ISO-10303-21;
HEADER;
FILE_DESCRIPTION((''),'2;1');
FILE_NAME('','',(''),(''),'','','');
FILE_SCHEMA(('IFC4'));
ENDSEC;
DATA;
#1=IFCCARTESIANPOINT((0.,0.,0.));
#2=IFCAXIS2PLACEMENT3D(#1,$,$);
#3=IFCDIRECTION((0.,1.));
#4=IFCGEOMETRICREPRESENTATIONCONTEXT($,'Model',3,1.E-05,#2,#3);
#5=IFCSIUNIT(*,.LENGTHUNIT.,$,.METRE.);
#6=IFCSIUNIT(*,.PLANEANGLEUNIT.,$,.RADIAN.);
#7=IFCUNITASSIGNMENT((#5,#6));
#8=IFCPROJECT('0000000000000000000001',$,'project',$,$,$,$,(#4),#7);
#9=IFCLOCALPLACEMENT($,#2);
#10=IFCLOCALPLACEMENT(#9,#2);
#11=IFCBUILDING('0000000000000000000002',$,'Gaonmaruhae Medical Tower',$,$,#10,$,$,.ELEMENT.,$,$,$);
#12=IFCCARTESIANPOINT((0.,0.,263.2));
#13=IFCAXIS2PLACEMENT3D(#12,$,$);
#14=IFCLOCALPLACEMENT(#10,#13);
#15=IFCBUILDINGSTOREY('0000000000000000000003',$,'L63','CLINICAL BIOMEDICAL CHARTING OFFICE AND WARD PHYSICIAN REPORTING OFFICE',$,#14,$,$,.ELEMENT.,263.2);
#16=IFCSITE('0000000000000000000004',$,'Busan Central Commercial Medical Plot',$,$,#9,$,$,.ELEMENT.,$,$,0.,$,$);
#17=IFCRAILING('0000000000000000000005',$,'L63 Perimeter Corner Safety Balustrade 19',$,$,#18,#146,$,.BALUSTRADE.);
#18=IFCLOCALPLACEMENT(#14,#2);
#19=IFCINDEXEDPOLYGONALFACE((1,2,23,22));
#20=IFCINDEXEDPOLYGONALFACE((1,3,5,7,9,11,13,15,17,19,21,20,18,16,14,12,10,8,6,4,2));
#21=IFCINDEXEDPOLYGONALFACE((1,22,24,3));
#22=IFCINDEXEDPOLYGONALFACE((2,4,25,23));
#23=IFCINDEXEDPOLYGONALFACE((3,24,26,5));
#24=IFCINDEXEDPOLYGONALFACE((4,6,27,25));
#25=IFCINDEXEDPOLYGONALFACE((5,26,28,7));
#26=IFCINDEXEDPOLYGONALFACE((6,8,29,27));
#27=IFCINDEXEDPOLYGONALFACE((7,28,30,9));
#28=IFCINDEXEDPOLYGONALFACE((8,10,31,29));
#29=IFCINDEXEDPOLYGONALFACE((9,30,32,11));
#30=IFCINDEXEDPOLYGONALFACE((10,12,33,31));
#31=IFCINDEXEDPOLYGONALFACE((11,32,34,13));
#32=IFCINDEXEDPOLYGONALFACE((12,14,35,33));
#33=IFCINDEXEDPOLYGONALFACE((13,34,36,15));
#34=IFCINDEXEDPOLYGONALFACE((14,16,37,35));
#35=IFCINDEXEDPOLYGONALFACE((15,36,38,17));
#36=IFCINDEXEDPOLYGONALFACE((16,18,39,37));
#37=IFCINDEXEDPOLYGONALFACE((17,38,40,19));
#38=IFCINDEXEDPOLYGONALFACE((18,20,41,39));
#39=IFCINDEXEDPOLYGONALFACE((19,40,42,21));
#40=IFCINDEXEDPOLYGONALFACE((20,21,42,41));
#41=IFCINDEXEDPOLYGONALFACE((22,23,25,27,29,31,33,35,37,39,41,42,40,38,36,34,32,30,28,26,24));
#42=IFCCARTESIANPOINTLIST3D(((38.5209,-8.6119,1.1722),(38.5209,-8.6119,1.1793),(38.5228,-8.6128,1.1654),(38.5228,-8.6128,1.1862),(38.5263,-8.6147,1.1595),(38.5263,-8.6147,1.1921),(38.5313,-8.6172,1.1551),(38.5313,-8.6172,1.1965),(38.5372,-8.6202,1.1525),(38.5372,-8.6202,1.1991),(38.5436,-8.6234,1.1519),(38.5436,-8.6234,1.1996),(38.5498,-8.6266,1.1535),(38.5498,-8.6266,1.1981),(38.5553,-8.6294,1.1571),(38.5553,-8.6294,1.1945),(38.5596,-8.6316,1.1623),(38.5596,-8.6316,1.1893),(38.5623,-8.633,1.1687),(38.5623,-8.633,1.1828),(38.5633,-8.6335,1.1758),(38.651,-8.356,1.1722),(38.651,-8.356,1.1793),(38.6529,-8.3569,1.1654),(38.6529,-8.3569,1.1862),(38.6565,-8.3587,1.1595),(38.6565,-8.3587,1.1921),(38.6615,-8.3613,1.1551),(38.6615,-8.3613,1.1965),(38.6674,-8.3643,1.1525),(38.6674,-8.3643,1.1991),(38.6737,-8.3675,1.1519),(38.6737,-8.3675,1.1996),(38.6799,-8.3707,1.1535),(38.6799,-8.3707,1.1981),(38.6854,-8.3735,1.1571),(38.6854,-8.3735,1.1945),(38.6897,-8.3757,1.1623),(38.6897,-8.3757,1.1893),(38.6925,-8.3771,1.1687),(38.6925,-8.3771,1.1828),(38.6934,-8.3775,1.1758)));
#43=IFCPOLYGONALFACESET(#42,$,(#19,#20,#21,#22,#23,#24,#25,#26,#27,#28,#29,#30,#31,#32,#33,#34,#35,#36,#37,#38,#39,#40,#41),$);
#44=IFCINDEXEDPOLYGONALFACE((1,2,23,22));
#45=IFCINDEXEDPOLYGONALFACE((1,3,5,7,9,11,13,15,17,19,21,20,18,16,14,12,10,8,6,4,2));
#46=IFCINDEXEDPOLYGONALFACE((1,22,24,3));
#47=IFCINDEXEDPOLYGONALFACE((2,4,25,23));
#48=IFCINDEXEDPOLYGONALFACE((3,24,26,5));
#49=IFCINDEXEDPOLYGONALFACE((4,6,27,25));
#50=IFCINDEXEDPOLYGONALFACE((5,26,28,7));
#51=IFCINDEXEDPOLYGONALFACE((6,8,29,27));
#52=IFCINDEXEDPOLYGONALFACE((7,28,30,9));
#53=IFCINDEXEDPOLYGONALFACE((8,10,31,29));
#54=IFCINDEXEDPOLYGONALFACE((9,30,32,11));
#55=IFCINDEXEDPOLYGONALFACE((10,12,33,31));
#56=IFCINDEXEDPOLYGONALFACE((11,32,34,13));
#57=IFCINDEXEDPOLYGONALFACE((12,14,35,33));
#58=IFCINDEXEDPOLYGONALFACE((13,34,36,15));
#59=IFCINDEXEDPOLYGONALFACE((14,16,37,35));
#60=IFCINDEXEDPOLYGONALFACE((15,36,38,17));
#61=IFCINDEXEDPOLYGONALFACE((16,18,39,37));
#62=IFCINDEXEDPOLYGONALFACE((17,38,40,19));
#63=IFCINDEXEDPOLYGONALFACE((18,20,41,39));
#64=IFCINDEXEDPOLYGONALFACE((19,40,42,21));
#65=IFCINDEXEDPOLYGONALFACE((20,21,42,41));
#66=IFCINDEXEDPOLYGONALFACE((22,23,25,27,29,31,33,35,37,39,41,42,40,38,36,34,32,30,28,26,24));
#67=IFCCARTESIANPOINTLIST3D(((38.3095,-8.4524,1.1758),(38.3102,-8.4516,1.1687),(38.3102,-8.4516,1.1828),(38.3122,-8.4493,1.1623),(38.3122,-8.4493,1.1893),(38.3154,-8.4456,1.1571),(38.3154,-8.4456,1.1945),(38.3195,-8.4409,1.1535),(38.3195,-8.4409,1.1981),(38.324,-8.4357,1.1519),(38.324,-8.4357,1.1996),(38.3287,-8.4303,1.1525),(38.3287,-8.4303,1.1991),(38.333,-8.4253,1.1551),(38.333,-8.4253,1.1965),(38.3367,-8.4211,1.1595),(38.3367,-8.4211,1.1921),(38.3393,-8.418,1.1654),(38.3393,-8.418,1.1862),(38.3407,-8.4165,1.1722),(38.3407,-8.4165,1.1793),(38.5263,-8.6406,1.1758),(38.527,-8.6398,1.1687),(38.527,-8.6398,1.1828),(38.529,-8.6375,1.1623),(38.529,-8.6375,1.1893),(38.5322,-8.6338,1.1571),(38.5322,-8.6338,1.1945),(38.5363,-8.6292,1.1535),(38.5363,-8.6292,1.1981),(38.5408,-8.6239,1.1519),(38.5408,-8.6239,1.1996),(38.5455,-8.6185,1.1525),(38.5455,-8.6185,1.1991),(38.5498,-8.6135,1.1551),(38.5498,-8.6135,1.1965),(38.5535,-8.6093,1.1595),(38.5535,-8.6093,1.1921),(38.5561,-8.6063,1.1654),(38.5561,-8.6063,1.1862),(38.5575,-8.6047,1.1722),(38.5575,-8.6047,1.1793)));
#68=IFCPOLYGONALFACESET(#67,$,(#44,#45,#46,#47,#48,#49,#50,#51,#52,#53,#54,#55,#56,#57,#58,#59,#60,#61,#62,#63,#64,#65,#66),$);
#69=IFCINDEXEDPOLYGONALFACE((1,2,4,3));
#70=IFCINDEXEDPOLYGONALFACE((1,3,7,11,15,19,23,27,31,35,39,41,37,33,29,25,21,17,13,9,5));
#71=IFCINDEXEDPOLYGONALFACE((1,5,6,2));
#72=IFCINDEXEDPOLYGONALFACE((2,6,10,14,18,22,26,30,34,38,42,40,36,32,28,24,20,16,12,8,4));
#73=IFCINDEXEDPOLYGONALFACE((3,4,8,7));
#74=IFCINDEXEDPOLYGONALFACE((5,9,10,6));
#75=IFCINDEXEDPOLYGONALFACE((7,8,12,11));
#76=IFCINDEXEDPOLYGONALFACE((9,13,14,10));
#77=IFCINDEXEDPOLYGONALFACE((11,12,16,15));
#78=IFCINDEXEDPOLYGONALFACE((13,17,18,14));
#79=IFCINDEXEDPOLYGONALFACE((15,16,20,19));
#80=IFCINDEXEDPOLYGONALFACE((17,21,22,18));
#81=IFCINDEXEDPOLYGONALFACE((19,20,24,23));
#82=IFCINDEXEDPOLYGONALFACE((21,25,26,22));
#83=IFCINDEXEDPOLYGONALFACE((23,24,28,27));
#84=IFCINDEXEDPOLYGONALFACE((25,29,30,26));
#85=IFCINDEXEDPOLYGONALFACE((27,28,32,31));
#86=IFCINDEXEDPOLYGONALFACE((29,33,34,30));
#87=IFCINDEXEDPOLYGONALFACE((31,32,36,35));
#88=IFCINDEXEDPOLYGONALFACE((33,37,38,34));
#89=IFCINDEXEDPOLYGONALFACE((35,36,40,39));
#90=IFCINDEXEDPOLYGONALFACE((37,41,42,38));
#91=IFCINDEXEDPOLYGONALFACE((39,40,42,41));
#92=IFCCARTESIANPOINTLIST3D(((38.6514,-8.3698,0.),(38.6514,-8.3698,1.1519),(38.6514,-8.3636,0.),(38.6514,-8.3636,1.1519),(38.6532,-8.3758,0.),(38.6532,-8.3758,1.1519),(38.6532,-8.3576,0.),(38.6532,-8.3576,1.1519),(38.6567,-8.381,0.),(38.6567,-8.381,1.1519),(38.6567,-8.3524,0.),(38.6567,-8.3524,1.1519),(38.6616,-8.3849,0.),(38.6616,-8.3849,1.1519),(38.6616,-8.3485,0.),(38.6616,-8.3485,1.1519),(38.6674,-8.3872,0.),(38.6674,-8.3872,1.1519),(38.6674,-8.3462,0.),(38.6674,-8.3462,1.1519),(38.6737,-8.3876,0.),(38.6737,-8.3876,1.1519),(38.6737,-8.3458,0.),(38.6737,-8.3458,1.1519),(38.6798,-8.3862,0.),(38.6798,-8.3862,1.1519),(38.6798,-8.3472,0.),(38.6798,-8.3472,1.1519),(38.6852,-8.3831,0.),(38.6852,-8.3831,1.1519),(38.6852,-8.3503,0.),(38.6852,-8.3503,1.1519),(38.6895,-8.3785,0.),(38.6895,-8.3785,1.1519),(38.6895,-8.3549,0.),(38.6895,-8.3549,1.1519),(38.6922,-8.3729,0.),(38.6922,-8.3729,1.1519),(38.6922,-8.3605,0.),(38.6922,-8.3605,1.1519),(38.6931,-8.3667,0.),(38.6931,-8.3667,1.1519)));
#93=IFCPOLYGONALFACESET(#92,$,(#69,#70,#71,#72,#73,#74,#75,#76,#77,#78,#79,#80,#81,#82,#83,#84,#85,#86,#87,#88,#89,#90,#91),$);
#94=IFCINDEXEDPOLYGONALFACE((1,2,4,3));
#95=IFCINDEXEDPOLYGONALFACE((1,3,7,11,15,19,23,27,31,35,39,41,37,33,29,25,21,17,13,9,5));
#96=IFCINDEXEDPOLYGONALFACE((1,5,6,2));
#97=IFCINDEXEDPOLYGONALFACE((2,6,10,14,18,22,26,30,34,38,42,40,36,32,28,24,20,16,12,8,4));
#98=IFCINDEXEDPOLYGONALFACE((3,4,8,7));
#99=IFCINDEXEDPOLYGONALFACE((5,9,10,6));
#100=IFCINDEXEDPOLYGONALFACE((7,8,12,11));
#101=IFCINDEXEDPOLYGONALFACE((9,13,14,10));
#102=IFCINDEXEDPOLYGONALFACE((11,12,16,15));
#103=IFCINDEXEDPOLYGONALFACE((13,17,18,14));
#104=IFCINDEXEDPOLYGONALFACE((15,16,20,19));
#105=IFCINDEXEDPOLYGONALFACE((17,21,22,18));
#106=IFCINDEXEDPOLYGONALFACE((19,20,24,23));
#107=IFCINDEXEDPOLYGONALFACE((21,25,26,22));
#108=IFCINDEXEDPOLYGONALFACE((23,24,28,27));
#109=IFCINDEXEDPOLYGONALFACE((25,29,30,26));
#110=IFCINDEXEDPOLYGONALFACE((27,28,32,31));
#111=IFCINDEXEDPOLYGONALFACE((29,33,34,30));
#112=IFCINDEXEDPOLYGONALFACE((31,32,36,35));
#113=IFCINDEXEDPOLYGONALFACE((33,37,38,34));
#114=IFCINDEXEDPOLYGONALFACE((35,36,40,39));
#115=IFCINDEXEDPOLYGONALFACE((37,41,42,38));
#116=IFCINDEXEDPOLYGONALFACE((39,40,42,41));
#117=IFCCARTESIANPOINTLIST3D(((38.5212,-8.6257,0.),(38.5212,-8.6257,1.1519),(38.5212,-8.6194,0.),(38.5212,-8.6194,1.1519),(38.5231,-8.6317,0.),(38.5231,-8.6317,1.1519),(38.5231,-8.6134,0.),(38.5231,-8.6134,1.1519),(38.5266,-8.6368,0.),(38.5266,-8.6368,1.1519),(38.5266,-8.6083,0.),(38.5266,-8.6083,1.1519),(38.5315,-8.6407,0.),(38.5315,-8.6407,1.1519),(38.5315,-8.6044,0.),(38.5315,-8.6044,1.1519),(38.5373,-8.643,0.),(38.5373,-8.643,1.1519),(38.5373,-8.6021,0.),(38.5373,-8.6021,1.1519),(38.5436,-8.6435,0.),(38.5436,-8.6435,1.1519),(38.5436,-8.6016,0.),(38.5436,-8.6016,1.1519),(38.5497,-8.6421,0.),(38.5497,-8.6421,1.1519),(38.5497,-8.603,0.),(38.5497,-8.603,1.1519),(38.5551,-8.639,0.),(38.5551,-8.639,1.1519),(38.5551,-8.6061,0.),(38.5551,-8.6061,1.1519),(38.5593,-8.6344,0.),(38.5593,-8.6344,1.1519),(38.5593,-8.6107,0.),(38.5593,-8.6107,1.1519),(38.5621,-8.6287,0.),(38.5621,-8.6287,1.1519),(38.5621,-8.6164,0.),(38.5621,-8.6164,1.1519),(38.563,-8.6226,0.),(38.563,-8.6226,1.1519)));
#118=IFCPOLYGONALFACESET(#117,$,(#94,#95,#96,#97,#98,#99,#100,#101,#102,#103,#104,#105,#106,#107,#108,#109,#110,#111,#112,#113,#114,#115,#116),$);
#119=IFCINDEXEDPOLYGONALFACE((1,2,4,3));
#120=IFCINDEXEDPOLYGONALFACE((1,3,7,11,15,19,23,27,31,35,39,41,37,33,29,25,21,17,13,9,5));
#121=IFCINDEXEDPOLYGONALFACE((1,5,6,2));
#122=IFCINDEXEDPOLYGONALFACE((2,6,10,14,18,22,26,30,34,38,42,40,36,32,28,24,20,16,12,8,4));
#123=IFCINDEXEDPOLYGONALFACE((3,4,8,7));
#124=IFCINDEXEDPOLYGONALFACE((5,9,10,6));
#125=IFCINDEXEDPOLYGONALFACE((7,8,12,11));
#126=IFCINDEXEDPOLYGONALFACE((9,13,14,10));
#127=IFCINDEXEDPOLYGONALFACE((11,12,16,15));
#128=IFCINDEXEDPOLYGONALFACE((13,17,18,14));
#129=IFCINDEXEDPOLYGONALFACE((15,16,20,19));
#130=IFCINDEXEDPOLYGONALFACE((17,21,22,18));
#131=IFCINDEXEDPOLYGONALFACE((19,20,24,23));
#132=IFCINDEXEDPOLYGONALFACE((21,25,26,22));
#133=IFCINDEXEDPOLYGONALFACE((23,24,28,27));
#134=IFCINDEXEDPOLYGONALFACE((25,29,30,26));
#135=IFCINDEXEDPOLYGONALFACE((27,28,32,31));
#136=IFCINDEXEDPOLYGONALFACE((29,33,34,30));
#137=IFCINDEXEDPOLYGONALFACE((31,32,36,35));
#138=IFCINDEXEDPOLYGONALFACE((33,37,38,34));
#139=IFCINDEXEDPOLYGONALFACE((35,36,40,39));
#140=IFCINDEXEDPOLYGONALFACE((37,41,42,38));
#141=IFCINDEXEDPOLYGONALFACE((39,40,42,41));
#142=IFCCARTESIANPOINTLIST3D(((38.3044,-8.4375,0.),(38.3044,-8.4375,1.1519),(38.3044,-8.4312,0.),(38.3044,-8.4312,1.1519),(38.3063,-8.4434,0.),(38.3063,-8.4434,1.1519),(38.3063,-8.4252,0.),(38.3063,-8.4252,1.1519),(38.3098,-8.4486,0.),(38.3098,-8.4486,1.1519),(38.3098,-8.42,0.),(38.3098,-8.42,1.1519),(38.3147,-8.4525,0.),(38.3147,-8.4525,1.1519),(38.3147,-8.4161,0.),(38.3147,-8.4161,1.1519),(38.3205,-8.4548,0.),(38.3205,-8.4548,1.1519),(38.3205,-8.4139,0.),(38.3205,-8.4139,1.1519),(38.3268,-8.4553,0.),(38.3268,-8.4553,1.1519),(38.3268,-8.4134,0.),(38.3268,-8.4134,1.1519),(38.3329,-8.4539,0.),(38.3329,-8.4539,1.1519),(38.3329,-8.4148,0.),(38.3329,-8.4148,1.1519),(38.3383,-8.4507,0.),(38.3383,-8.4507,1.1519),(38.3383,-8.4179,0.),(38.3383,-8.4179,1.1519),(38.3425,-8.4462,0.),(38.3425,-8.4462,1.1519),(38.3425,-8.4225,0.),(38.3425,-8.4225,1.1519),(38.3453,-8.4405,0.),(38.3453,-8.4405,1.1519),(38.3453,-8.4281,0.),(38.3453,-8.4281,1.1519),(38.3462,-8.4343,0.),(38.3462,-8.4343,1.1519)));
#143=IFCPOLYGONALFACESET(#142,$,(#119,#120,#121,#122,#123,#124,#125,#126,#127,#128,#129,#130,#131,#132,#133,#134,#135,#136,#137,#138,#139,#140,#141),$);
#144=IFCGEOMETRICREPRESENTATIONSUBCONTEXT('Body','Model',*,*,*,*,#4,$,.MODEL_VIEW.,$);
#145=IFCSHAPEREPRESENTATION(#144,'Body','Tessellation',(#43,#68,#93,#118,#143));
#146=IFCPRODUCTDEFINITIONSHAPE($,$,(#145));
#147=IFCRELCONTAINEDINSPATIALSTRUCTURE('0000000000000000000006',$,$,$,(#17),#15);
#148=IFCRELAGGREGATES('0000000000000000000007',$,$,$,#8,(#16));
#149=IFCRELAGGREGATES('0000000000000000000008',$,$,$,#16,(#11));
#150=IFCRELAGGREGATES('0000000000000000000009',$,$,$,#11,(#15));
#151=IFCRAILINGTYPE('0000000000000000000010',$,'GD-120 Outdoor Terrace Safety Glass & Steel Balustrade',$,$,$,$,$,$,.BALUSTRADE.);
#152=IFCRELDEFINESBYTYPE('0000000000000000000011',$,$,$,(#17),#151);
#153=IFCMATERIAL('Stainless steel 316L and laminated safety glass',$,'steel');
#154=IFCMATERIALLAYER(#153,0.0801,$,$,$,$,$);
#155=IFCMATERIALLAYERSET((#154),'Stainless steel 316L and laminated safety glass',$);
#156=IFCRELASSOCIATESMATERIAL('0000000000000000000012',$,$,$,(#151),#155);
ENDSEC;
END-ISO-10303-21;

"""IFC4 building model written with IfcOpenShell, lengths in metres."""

from ifc_helpers import new_model, si_unit, direction, frame, origin, origin_2d, place, context, subcontext, project, spatial, circle, extrude, material, layer, layer_set, type_object, element, save


model = new_model("IFC4")

# Units and contexts
model_context = context("Model", 3, precision=1e-05, world=origin(), true_north=direction((0.0, 1.0)))
body_context = subcontext(model_context, "Body", "Model", "MODEL_VIEW")
ifc_project = project(units=[si_unit("LENGTHUNIT", "METRE"), si_unit("PLANEANGLEUNIT", "RADIAN")], contexts=[model_context])

# Site, building, storey
site_placement = place(None, origin())
site = spatial("IfcSite", under=ifc_project, at=site_placement, Name="Busan Central Commercial Medical Plot", CompositionType="ELEMENT", RefElevation=0.0)
building_placement = place(site_placement, origin())
building = spatial("IfcBuilding", under=site, at=building_placement, Name="Gaonmaruhae Medical Tower", CompositionType="ELEMENT")
storey_placement = place(building_placement, frame((0.0, 0.0, 263.2)))
storey = spatial("IfcBuildingStorey", under=building, at=storey_placement, Name="L63", Description="CLINICAL BIOMEDICAL CHARTING OFFICE AND WARD PHYSICIAN REPORTING OFFICE", CompositionType="ELEMENT", Elevation=263.2)

# Railing
ifc_material_1 = material(Name="Stainless steel 316L and laminated safety glass", Category="steel")
ifc_layer_1 = layer(ifc_material_1, 0.0801)
ifc_layer_set_1 = layer_set([ifc_layer_1], Name="Stainless steel 316L and laminated safety glass")
railing_type = type_object("IfcRailingType", Name="GD-120 Outdoor Terrace Safety Glass & Steel Balustrade", PredefinedType="BALUSTRADE", material=ifc_layer_set_1)
for number, where, name in (
    (1, (38.6721, -8.3667, 0.0), "L63 Perimeter Corner Safety Balustrade 19"),
):
    element("IfcRailing", number, at=place(storey_placement, frame(where)), inside=storey, type_object=railing_type, Name=name, PredefinedType="BALUSTRADE", context=body_context, shape_type="SweptSolid", body=[
        extrude(circle(Radius=0.0239, at=origin_2d()), frame((0.0, 0.0, 1.1758), z_axis=(-0.453327, -0.891344, 0.0), x_axis=(0.891344, -0.453327, 0.0)), (0.0, 0.0, 1.0), 0.2871),
        extrude(circle(Radius=0.0239, at=origin_2d()), frame((-0.1301, -0.2559, 1.1758), z_axis=(-0.7551, 0.65561, 0.0), x_axis=(-0.65561, -0.7551, 0.0)), (0.0, 0.0, 1.0), 0.2871),
        extrude(circle(Radius=0.021, at=origin_2d()), origin(), (0.0, 0.0, 1.0), 1.1519),
        extrude(circle(Radius=0.021, at=origin_2d()), frame((-0.1301, -0.2559, 0.0)), (0.0, 0.0, 1.0), 1.1519),
        extrude(circle(Radius=0.021, at=origin_2d()), frame((-0.3469, -0.0676, 0.0)), (0.0, 0.0, 1.0), 1.1519),
    ])

save(model, "model.ifc")
